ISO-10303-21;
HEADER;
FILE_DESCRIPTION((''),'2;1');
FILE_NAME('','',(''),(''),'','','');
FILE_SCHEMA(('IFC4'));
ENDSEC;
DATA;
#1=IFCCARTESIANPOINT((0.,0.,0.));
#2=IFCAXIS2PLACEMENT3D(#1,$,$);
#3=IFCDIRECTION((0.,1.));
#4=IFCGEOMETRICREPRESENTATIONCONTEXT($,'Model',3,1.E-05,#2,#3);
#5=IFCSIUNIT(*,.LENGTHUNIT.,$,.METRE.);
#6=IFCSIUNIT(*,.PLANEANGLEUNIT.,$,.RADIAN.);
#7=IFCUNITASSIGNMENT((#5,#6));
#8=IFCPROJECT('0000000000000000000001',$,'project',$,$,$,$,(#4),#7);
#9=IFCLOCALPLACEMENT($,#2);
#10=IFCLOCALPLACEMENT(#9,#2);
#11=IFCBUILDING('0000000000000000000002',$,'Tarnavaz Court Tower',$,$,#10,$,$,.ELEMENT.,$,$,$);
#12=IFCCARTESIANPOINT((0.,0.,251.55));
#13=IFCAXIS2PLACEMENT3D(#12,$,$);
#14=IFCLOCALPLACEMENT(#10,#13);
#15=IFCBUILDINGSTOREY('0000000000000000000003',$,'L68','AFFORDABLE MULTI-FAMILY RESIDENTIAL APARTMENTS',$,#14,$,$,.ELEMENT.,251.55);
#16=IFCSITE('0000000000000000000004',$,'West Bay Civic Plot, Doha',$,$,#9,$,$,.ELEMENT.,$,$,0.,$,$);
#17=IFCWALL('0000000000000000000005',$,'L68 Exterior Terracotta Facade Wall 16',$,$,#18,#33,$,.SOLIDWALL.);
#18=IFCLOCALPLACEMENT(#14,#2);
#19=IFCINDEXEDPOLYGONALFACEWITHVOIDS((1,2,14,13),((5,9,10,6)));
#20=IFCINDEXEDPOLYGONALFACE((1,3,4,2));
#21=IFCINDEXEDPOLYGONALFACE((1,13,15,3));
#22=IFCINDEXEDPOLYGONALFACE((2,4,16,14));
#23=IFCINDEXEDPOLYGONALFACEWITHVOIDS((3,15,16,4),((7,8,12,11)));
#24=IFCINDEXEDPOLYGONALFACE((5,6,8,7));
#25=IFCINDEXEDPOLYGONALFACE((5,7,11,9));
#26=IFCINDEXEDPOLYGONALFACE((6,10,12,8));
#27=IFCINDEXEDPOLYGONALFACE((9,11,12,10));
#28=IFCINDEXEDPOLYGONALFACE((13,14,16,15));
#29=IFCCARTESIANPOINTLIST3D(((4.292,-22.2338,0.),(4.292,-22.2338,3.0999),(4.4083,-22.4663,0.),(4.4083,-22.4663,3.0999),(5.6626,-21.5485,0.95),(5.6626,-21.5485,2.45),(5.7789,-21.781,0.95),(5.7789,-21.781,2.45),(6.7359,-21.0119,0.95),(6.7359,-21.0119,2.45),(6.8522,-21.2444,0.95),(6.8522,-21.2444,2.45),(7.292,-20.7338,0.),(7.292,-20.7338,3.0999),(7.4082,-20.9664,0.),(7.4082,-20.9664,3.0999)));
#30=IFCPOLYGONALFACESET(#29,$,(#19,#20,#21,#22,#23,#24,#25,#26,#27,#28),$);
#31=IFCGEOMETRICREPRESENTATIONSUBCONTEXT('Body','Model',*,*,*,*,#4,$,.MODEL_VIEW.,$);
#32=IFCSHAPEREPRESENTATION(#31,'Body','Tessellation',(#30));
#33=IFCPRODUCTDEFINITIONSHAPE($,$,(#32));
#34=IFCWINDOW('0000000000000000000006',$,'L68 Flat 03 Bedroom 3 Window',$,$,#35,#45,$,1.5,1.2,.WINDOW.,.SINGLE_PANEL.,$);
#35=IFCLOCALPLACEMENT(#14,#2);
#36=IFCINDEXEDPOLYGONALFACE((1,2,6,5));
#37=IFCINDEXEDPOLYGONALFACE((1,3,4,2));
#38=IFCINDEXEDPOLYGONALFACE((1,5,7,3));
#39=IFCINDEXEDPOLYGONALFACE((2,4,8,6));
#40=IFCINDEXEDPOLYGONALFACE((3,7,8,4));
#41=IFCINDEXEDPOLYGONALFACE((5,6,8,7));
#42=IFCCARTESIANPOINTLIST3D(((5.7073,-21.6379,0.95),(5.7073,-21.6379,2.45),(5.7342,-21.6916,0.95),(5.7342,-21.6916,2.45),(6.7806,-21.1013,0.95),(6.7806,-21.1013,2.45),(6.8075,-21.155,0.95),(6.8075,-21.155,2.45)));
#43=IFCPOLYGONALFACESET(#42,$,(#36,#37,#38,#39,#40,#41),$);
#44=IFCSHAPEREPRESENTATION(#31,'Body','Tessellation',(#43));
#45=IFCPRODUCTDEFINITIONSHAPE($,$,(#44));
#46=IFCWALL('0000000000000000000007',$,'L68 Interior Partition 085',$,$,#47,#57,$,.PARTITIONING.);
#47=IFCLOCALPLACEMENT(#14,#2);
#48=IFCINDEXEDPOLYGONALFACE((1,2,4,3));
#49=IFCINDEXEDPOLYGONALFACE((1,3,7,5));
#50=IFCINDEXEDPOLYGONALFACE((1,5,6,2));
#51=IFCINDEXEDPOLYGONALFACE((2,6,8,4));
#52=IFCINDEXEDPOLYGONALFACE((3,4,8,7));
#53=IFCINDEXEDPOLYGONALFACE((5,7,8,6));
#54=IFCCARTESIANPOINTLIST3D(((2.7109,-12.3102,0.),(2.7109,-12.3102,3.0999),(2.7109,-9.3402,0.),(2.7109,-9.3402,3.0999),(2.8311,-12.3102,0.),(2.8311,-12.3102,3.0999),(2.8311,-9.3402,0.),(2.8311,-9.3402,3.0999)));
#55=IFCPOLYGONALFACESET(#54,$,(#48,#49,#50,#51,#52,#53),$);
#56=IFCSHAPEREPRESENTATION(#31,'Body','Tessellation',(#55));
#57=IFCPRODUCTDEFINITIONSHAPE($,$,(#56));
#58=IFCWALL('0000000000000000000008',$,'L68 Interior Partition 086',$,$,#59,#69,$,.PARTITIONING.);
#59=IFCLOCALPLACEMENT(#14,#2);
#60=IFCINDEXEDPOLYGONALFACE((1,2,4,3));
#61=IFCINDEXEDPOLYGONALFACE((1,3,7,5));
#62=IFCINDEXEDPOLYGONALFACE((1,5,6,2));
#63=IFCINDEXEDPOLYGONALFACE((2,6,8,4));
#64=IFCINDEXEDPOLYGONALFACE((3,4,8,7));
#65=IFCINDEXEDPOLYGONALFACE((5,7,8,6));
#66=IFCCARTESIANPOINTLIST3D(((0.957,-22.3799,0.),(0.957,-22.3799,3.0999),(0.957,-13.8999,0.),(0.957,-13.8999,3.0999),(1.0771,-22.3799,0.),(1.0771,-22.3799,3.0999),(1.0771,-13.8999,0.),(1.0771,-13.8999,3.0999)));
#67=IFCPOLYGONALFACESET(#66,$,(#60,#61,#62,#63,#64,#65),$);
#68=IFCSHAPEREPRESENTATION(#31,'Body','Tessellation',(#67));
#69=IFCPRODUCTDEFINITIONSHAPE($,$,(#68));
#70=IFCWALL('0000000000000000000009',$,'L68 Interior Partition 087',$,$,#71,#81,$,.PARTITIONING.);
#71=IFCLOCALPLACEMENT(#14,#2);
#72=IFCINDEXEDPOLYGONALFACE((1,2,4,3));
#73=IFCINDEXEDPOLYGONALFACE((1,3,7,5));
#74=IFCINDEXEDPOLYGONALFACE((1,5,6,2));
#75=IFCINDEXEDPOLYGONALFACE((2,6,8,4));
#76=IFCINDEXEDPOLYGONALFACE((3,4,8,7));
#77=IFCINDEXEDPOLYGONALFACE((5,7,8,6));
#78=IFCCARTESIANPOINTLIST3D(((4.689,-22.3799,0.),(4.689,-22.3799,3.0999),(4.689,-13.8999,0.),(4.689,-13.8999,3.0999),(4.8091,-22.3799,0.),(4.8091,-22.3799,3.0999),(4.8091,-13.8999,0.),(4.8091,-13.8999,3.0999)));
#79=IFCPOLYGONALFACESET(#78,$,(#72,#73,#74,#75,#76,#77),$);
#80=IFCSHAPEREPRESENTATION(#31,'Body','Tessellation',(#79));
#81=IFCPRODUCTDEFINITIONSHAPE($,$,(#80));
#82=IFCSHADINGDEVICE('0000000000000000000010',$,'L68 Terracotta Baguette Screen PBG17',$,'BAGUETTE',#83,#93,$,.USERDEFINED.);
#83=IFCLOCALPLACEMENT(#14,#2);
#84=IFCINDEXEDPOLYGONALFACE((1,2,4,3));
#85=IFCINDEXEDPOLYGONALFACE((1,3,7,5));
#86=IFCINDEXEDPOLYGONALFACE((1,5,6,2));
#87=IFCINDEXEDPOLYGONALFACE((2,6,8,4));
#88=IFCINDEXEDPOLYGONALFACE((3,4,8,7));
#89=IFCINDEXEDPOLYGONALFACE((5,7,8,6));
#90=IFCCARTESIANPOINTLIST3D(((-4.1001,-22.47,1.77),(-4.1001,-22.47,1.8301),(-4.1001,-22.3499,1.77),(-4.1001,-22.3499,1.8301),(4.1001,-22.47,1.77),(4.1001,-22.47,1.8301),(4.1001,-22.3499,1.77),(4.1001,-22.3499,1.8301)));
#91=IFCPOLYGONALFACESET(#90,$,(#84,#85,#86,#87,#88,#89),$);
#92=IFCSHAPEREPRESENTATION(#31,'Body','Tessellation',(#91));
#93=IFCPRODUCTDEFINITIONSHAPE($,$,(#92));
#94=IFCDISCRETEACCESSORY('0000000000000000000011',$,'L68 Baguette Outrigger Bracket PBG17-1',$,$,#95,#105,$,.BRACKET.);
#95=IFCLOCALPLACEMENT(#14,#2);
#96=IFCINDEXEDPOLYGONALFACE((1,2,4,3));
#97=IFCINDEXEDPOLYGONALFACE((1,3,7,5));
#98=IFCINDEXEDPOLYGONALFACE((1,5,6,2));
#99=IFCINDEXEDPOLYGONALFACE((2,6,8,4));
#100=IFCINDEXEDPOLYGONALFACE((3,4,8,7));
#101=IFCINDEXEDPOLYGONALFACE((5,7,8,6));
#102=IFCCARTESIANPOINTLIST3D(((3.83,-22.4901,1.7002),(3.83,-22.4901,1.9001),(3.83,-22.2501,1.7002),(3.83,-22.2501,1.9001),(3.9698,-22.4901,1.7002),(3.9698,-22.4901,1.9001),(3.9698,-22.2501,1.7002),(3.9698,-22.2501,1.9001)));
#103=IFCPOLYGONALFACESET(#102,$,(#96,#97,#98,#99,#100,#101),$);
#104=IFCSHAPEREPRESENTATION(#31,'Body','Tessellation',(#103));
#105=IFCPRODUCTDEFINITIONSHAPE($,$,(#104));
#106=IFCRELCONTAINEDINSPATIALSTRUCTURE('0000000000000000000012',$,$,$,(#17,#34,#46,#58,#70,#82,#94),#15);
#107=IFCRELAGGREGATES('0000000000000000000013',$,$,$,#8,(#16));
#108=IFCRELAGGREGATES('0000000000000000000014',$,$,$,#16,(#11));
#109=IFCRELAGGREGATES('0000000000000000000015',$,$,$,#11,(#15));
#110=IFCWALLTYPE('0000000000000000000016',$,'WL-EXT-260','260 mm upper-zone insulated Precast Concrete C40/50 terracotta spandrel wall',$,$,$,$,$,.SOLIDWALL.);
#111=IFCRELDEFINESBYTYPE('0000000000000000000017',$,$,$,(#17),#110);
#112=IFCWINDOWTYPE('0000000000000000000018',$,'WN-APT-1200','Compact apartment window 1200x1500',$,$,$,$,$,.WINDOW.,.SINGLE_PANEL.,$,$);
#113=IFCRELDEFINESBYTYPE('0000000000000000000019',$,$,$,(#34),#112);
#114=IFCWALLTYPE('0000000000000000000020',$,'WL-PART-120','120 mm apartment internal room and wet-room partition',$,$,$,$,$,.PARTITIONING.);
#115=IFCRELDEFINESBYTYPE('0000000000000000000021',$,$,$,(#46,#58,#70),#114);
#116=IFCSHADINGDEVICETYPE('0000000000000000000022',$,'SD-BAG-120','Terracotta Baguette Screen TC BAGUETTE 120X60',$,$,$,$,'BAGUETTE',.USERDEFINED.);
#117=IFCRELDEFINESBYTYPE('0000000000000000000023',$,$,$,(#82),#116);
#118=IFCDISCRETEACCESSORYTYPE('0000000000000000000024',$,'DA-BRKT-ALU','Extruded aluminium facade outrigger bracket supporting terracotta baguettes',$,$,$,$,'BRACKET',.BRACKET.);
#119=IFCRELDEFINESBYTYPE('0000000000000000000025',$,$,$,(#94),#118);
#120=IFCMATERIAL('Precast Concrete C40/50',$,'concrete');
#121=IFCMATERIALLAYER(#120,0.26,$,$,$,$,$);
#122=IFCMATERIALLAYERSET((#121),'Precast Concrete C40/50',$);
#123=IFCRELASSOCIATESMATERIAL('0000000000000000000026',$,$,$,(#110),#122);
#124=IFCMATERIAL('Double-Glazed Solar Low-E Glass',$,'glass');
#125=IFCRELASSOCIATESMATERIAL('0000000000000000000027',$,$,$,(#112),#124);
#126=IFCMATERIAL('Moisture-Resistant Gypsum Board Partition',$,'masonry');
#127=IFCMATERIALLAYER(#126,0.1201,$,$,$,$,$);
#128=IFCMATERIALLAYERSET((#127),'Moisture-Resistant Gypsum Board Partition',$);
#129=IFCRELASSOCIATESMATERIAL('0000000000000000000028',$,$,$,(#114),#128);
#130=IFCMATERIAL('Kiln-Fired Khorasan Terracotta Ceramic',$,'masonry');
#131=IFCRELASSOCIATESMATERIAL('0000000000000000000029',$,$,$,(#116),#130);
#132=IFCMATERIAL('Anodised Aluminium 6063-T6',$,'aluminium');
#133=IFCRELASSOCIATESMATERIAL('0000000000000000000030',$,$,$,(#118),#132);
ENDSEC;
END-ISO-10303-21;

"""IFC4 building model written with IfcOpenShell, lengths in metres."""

from ifc_helpers import new_model, si_unit, direction, frame, frame_2d, origin, origin_2d, place, context, subcontext, project, spatial, rectangle, extrude, material, layer, layer_set, material_profile, profile_set, type_object, element, fill, save


model = new_model("IFC4")

# Units and contexts
model_context = context("Model", 3, precision=1e-05, world=origin(), true_north=direction((0.0, 1.0)))
body_context = subcontext(model_context, "Body", "Model", "MODEL_VIEW")
ifc_project = project(units=[si_unit("LENGTHUNIT", "METRE"), si_unit("PLANEANGLEUNIT", "RADIAN")], contexts=[model_context])

# Site, building, storey
site_placement = place(None, origin())
site = spatial("IfcSite", under=ifc_project, at=site_placement, Name="West Bay Civic Plot, Doha", CompositionType="ELEMENT", RefElevation=0.0)
building_placement = place(site_placement, origin())
building = spatial("IfcBuilding", under=site, at=building_placement, Name="Tarnavaz Court Tower", CompositionType="ELEMENT")
storey_placement = place(building_placement, frame((0.0, 0.0, 251.55)))
storey = spatial("IfcBuildingStorey", under=building, at=storey_placement, Name="L68", Description="AFFORDABLE MULTI-FAMILY RESIDENTIAL APARTMENTS", CompositionType="ELEMENT", Elevation=251.55)

# Shared definitions
ifc_material_1 = material(Name="Anodised Aluminium 6063-T6", Category="aluminium")
ifc_material_2 = material(Name="Double-Glazed Solar Low-E Glass", Category="glass")

# Wall, opening, window
ifc_material_3 = material(Name="Precast Concrete C40/50", Category="concrete")
ifc_layer_1 = layer(ifc_material_3, 0.26)
ifc_layer_set_1 = layer_set([ifc_layer_1], Name="Precast Concrete C40/50")
wall_type_1 = type_object("IfcWallType", Name="WL-EXT-260", Description="260 mm upper-zone insulated Precast Concrete C40/50 terracotta spandrel wall", PredefinedType="SOLIDWALL", material=ifc_layer_set_1)
wall_1_placement = place(storey_placement, frame((7.3501, -20.8501, 0.0), z_axis=(0.0, 0.0, 1.0), x_axis=(-0.894427, -0.447214, 0.0)))
wall_1 = element("IfcWall", 1, at=wall_1_placement, inside=storey, type_object=wall_type_1, Name="L68 Exterior Terracotta Facade Wall 16", PredefinedType="SOLIDWALL", context=body_context, shape_type="SweptSolid", body=[
    extrude(rectangle(XDim=3.354, YDim=0.26, at=frame_2d((1.677, 0.0))), origin(), (0.0, 0.0, 1.0), 3.0999),
])
opening_placement = place(wall_1_placement, frame((0.6216, 0.0, 0.95)))
opening = element("IfcOpeningElement", 2, at=opening_placement, cuts=wall_1, PredefinedType="OPENING", context=body_context, shape_type="SweptSolid", body=[
    extrude(rectangle(XDim=1.2, YDim=1.5, at=frame_2d((0.6001, 0.75))), frame((0.0, 0.1399, 0.0), z_axis=(0.0, -1.0, 0.0), x_axis=(1.0, 0.0, 0.0)), (0.0, 0.0, 1.0), 0.28),
])
window_type = type_object("IfcWindowType", Name="WN-APT-1200", Description="Compact apartment window 1200x1500", PartitioningType="SINGLE_PANEL", PredefinedType="WINDOW", material=ifc_material_2)
window_placement = place(opening_placement, origin())
window = element("IfcWindow", 3, at=window_placement, inside=storey, type_object=window_type, Name="L68 Flat 03 Bedroom 3 Window", OverallHeight=1.5, OverallWidth=1.2, PartitioningType="SINGLE_PANEL", PredefinedType="WINDOW", context=body_context, shape_type="SweptSolid", body=[
    extrude(rectangle(XDim=1.2, YDim=1.5, at=frame_2d((0.6001, 0.75))), frame((0.0, 0.03, 0.0), z_axis=(0.0, -1.0, 0.0), x_axis=(1.0, 0.0, 0.0)), (0.0, 0.0, 1.0), 0.0601),
])
fill(opening, window)

# Walls
ifc_material_4 = material(Name="Moisture-Resistant Gypsum Board Partition", Category="masonry")
ifc_layer_2 = layer(ifc_material_4, 0.1201)
ifc_layer_set_2 = layer_set([ifc_layer_2], Name="Moisture-Resistant Gypsum Board Partition")
wall_type_2 = type_object("IfcWallType", Name="WL-PART-120", Description="120 mm apartment internal room and wet-room partition", PredefinedType="PARTITIONING", material=ifc_layer_set_2)
wall_2_placement = place(storey_placement, frame((2.771, -12.3101, 0.0), z_axis=(0.0, 0.0, 1.0), x_axis=(0.0, 1.0, 0.0)))
element("IfcWall", 4, at=wall_2_placement, inside=storey, type_object=wall_type_2, Name="L68 Interior Partition 085", PredefinedType="PARTITIONING", context=body_context, shape_type="SweptSolid", body=[
    extrude(rectangle(XDim=2.97, YDim=0.1201, at=frame_2d((1.4849, 0.0))), origin(), (0.0, 0.0, 1.0), 3.0999),
])
for number, where, z_axis, x_axis, name in (
    (5, (1.0171, -22.3799, 0.0), (0.0, 0.0, 1.0), (0.0, 1.0, 0.0), "L68 Interior Partition 086"),
    (6, (4.749, -22.3799, 0.0), (0.0, 0.0, 1.0), (0.0, 1.0, 0.0), "L68 Interior Partition 087"),
):
    element("IfcWall", number, at=place(storey_placement, frame(where, z_axis=z_axis, x_axis=x_axis)), inside=storey, type_object=wall_type_2, Name=name, PredefinedType="PARTITIONING", context=body_context, shape_type="SweptSolid", body=[
        extrude(rectangle(XDim=8.48, YDim=0.1201, at=frame_2d((4.24, 0.0))), origin(), (0.0, 0.0, 1.0), 3.0999),
    ])

# Shading device
ifc_material_5 = material(Name="Kiln-Fired Khorasan Terracotta Ceramic", Category="masonry")
ifc_material_profile_1 = material_profile(ifc_material_5, rectangle(XDim=0.1201, YDim=0.0601, at=origin_2d()), Name="TC BAGUETTE 120X60")
ifc_profile_set_1 = profile_set([ifc_material_profile_1], Name="Kiln-Fired Khorasan Terracotta Ceramic")
shading_device_type = type_object("IfcShadingDeviceType", Name="SD-BAG-120", Description="Terracotta Baguette Screen TC BAGUETTE 120X60", ElementType="BAGUETTE", PredefinedType="USERDEFINED", material=ifc_profile_set_1)
shading_device_placement = place(storey_placement, frame((4.1001, -22.4099, 1.8), z_axis=(-1.0, 0.0, 0.0), x_axis=(0.0, -1.0, 0.0)))
element("IfcShadingDevice", 7, at=shading_device_placement, inside=storey, type_object=shading_device_type, Name="L68 Terracotta Baguette Screen PBG17", ObjectType="BAGUETTE", PredefinedType="USERDEFINED", context=body_context, shape_type="SweptSolid", body=[
    extrude(rectangle(XDim=0.1201, YDim=0.0601, at=origin_2d()), origin(), (0.0, 0.0, 1.0), 8.2002),
])

# Discrete accessory
discrete_accessory_type = type_object("IfcDiscreteAccessoryType", Name="DA-BRKT-ALU", Description="Extruded aluminium facade outrigger bracket supporting terracotta baguettes", ElementType="BRACKET", PredefinedType="BRACKET", material=ifc_material_1)
discrete_accessory_placement = place(storey_placement, frame((3.8999, -22.3701, 1.7002), z_axis=(0.0, 0.0, 1.0), x_axis=(-1.0, 0.0, 0.0)))
element("IfcDiscreteAccessory", 8, at=discrete_accessory_placement, inside=storey, type_object=discrete_accessory_type, Name="L68 Baguette Outrigger Bracket PBG17-1", PredefinedType="BRACKET", context=body_context, shape_type="SweptSolid", body=[
    extrude(rectangle(XDim=0.1399, YDim=0.24, at=origin_2d()), origin(), (0.0, 0.0, 1.0), 0.2),
])

save(model, "model.ifc")
